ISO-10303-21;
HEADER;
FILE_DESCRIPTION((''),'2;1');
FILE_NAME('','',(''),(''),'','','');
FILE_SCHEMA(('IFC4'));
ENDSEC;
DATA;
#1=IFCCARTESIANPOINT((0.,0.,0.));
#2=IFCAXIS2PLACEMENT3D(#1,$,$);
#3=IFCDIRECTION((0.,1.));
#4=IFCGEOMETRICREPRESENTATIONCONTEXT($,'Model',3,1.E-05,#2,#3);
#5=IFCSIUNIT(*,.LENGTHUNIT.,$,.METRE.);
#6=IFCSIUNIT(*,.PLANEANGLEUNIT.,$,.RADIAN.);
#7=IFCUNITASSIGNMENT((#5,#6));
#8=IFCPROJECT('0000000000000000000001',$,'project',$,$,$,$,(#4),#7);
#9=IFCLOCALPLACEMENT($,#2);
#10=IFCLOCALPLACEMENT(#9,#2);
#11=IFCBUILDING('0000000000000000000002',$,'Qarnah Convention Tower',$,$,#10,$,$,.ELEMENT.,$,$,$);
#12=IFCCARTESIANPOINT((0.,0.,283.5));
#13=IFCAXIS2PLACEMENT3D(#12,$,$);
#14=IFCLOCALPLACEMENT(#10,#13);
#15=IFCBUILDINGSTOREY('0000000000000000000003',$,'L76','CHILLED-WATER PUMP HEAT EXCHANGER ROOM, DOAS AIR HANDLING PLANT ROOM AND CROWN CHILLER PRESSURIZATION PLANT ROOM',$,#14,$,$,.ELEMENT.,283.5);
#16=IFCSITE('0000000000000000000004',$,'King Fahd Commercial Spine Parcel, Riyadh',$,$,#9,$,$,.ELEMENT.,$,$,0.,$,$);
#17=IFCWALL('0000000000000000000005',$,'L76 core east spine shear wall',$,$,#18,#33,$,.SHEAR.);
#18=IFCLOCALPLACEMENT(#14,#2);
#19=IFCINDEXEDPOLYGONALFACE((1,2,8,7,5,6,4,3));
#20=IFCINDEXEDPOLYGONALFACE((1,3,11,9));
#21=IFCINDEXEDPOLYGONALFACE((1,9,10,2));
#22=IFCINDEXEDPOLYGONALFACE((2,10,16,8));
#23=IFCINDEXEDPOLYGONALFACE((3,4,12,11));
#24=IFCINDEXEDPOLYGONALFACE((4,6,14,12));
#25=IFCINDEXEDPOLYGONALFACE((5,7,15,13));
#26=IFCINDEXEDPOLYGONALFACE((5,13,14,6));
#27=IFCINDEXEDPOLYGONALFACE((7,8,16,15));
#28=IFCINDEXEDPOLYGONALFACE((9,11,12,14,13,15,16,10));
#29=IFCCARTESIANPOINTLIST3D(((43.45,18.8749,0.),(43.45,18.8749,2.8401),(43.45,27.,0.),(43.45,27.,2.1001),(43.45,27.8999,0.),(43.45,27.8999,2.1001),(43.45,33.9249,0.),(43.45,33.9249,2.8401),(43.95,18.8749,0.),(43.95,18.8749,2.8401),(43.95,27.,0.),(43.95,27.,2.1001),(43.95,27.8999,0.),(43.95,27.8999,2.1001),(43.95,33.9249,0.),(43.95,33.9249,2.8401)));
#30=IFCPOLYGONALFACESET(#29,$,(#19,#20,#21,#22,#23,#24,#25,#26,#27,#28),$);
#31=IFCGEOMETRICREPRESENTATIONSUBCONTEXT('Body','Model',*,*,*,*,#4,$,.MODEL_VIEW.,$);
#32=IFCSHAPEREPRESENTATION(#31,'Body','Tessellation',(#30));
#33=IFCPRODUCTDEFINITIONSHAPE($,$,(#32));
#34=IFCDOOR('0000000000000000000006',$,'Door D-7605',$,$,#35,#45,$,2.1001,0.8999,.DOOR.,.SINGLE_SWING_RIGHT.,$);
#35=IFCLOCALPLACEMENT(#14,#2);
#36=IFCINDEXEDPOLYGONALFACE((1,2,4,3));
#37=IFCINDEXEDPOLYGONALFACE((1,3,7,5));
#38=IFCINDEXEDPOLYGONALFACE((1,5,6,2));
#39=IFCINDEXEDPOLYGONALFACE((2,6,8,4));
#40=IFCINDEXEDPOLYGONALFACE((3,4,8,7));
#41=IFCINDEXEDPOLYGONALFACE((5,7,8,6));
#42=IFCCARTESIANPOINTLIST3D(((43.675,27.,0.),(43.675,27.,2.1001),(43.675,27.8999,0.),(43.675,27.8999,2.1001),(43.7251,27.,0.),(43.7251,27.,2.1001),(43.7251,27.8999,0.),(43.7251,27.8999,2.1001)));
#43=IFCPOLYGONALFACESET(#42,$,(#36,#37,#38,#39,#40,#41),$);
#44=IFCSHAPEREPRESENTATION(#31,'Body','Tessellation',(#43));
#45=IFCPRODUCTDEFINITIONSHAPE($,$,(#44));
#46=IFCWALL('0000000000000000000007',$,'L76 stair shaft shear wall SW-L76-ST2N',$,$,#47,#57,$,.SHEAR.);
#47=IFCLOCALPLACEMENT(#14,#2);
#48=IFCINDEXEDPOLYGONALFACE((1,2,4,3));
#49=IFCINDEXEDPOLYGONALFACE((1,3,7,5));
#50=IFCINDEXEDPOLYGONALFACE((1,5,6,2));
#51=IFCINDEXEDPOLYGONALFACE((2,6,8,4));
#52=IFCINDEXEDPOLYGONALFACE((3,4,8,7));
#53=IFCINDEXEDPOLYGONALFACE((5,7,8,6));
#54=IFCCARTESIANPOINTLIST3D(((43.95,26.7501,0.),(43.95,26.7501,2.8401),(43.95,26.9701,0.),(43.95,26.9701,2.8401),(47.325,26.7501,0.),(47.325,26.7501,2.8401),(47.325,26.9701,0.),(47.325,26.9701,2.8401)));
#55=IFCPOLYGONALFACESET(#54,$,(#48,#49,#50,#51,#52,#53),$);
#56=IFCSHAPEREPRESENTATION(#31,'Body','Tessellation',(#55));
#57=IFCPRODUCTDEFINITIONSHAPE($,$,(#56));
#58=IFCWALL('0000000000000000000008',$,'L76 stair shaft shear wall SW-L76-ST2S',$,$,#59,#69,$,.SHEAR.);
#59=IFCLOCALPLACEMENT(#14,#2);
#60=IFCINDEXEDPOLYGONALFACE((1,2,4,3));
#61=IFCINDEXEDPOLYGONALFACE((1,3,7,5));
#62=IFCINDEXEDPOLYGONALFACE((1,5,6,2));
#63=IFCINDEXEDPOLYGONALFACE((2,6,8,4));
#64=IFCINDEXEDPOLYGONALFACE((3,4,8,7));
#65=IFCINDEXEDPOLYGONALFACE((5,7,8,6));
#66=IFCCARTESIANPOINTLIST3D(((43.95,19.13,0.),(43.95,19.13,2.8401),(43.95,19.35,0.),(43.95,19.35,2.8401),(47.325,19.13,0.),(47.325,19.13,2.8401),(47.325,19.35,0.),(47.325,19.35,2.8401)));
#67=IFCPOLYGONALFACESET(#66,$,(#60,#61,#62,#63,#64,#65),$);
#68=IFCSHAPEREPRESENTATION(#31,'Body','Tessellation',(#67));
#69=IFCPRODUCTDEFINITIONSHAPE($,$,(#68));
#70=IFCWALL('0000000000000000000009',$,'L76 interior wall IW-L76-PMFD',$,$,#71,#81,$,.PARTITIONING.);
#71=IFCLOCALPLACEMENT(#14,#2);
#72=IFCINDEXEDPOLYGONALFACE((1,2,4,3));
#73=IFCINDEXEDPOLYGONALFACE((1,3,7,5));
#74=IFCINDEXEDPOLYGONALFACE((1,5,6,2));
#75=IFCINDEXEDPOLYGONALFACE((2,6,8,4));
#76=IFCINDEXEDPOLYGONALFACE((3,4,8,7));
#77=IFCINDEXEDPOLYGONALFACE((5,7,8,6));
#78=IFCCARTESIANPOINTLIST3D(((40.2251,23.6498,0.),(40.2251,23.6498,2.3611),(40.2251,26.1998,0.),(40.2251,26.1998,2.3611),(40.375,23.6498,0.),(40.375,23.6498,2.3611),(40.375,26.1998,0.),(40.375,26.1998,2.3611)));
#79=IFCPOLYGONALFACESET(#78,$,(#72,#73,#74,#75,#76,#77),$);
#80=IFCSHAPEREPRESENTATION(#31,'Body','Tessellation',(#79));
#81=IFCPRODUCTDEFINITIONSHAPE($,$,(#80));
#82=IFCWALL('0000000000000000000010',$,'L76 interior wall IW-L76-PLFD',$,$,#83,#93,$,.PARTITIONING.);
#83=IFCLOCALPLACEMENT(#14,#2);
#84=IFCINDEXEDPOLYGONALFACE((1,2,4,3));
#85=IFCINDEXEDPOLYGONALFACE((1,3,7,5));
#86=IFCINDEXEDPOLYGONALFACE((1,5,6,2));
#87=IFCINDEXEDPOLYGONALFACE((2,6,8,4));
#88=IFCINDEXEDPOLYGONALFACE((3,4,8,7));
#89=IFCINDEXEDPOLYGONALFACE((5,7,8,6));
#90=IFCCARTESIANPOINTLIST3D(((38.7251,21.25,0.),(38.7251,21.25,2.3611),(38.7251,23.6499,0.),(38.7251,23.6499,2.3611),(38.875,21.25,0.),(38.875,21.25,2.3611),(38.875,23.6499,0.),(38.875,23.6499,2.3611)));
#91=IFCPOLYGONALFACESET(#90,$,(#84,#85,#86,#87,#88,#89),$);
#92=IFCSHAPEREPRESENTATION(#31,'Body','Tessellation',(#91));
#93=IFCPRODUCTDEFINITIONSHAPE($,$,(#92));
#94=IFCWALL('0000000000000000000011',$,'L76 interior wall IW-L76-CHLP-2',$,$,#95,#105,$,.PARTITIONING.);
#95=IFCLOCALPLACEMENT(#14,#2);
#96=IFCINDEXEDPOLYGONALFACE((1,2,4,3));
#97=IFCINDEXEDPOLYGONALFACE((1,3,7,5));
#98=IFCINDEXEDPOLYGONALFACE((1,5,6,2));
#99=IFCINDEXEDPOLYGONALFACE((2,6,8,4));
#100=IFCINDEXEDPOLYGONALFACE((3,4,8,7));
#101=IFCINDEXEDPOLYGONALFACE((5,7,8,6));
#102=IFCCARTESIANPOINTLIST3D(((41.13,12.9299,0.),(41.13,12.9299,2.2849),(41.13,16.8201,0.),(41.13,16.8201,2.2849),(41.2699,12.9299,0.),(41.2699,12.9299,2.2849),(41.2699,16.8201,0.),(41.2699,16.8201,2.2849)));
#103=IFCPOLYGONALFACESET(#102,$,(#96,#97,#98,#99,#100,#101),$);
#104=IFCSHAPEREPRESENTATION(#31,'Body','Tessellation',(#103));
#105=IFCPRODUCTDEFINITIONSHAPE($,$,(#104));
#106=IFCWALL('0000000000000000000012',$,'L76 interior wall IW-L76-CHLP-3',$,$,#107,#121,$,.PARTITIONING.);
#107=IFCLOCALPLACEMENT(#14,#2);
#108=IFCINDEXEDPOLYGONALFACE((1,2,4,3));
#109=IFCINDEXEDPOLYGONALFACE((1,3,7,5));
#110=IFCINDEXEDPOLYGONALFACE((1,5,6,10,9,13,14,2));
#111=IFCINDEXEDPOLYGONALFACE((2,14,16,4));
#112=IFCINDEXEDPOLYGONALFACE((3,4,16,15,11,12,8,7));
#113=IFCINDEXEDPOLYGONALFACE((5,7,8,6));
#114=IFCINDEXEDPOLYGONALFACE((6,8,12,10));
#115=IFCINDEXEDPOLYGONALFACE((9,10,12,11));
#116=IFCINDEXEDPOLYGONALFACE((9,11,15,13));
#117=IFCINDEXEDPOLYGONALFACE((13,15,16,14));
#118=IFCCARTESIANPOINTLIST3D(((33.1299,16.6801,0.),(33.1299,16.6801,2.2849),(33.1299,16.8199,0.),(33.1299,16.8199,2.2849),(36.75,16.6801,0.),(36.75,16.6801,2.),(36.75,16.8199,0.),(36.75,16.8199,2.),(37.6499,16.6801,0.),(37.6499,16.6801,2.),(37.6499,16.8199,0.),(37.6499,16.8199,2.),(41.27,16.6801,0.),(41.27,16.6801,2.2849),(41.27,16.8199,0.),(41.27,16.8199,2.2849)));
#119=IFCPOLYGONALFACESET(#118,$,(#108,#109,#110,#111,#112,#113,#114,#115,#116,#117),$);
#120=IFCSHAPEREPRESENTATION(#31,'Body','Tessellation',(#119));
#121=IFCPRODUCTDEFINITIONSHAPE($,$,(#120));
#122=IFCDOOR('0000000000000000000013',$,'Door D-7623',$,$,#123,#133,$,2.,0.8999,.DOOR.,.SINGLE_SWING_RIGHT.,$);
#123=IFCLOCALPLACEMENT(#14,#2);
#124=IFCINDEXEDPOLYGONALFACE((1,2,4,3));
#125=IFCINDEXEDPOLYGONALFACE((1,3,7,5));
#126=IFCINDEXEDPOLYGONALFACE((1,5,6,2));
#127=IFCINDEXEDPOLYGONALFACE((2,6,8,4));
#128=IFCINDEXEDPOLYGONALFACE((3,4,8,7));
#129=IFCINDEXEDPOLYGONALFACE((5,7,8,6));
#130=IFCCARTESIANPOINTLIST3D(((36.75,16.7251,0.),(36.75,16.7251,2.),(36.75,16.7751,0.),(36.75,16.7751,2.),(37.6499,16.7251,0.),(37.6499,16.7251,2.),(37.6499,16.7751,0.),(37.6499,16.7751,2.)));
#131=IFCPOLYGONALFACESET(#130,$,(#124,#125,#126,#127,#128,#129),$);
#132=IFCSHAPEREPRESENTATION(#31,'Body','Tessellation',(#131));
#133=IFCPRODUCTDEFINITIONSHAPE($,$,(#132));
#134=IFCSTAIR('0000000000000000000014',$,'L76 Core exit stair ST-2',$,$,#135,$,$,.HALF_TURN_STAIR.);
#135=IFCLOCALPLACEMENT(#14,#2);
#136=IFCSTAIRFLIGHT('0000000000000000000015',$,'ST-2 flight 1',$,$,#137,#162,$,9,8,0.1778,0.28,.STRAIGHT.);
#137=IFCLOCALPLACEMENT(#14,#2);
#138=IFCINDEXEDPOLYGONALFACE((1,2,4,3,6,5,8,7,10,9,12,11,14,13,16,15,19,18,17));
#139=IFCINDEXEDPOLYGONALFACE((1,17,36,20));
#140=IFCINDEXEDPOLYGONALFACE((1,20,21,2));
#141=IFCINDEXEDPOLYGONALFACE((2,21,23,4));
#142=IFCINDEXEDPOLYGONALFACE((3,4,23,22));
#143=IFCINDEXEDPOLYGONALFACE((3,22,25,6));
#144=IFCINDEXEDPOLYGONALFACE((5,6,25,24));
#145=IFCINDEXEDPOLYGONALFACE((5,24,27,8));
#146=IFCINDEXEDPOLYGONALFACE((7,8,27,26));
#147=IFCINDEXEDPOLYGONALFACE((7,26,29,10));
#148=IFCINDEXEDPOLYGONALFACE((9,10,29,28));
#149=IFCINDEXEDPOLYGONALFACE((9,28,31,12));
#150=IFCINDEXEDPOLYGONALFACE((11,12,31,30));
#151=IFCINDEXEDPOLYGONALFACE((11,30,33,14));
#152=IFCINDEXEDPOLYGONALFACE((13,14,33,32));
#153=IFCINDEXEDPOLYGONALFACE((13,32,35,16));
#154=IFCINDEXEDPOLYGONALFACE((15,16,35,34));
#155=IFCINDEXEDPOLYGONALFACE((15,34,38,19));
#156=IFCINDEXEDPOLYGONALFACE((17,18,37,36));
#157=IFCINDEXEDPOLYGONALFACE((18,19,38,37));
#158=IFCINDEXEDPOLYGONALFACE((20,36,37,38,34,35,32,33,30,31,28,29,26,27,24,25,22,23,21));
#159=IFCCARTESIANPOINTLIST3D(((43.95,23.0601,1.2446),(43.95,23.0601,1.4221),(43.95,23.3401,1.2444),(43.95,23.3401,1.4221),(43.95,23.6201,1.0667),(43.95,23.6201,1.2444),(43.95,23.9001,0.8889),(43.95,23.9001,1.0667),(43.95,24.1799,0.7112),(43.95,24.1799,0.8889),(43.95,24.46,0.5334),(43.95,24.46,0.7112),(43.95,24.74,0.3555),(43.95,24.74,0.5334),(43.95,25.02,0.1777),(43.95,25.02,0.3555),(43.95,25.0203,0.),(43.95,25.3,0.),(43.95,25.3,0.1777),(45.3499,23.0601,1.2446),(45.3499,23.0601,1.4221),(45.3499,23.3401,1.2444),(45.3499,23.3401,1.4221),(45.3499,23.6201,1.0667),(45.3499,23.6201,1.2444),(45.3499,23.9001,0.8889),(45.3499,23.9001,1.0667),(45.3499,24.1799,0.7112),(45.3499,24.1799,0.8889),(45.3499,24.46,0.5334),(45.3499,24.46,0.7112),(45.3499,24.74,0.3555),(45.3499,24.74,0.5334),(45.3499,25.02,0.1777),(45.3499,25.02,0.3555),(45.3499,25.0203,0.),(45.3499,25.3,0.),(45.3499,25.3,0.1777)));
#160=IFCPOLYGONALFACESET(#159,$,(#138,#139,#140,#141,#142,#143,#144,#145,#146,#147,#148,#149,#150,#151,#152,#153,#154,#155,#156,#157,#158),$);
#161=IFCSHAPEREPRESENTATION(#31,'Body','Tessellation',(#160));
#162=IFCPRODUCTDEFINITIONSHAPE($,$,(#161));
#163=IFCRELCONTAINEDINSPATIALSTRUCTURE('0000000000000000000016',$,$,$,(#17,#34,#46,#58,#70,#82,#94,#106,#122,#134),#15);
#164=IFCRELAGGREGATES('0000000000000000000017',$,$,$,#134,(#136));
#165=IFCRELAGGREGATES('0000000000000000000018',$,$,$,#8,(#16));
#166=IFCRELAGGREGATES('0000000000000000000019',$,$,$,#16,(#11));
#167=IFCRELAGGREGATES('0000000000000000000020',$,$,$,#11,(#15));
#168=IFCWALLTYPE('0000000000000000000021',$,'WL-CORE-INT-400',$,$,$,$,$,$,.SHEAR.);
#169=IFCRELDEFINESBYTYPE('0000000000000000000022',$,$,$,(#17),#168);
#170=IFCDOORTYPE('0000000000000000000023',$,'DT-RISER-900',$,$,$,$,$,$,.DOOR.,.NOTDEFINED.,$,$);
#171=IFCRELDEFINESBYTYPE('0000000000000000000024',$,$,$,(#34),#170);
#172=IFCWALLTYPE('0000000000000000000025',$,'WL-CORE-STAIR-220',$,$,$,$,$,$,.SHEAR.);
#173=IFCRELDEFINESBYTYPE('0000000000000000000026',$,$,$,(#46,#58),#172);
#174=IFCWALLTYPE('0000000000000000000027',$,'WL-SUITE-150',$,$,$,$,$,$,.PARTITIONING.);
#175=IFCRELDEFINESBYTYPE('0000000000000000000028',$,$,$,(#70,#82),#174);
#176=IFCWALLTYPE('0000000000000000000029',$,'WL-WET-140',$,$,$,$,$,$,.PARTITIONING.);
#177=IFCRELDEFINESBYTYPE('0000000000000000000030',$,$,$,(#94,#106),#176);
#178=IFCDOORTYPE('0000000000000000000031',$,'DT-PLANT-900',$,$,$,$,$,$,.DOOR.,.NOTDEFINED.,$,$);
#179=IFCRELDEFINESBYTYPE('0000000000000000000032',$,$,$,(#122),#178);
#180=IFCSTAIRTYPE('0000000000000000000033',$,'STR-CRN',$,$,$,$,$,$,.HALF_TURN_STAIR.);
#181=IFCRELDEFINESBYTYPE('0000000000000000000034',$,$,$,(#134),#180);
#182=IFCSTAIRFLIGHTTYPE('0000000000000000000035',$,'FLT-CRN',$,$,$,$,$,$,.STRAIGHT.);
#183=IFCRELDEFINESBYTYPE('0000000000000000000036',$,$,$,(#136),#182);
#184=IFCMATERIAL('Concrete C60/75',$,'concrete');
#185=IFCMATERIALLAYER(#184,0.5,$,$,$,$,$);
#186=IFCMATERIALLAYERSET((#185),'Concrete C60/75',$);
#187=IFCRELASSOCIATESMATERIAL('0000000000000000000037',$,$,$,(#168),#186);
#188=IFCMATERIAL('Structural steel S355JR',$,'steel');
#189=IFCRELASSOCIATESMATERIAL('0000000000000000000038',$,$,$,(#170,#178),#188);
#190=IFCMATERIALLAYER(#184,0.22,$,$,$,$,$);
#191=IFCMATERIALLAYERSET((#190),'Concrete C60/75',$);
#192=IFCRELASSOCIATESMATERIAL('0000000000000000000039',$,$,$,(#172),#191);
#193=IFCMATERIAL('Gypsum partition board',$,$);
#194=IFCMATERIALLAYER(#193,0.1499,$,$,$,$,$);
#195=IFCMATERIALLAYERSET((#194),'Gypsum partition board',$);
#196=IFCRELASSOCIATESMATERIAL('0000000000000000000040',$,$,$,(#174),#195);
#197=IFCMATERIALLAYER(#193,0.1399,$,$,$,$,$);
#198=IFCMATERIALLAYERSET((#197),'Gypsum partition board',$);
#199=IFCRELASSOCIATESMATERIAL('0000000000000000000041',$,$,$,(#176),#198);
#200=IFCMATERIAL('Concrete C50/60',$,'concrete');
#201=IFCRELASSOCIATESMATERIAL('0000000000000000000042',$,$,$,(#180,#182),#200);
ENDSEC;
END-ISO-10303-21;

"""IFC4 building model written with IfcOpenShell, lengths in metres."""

from ifc_helpers import new_model, si_unit, direction, frame, frame_2d, origin, place, context, subcontext, project, spatial, polyline, rectangle, outline, extrude, material, layer, layer_set, type_object, element, fill, aggregate, save


model = new_model("IFC4")

# Units and contexts
model_context = context("Model", 3, precision=1e-05, world=origin(), true_north=direction((0.0, 1.0)))
body_context = subcontext(model_context, "Body", "Model", "MODEL_VIEW")
ifc_project = project(units=[si_unit("LENGTHUNIT", "METRE"), si_unit("PLANEANGLEUNIT", "RADIAN")], contexts=[model_context])

# Site, building, storey
site_placement = place(None, origin())
site = spatial("IfcSite", under=ifc_project, at=site_placement, Name="King Fahd Commercial Spine Parcel, Riyadh", CompositionType="ELEMENT", RefElevation=0.0)
building_placement = place(site_placement, origin())
building = spatial("IfcBuilding", under=site, at=building_placement, Name="Qarnah Convention Tower", CompositionType="ELEMENT")
storey_placement = place(building_placement, frame((0.0, 0.0, 283.5)))
storey = spatial("IfcBuildingStorey", under=building, at=storey_placement, Name="L76", Description="CHILLED-WATER PUMP HEAT EXCHANGER ROOM, DOAS AIR HANDLING PLANT ROOM AND CROWN CHILLER PRESSURIZATION PLANT ROOM", CompositionType="ELEMENT", Elevation=283.5)

# Shared definitions
ifc_material_1 = material(Name="Structural steel S355JR", Category="steel")

# Wall, opening, door
ifc_material_2 = material(Name="Concrete C60/75", Category="concrete")
ifc_layer_1 = layer(ifc_material_2, 0.5)
ifc_layer_set_1 = layer_set([ifc_layer_1], Name="Concrete C60/75")
wall_type_1 = type_object("IfcWallType", Name="WL-CORE-INT-400", PredefinedType="SHEAR", material=ifc_layer_set_1)
wall_1_placement = place(storey_placement, frame((43.7, 18.875, 0.0), z_axis=(0.0, 0.0, 1.0), x_axis=(0.0, 1.0, 0.0)))
wall_1 = element("IfcWall", 1, at=wall_1_placement, inside=storey, type_object=wall_type_1, Name="L76 core east spine shear wall", PredefinedType="SHEAR", context=body_context, shape_type="SweptSolid", body=[
    extrude(rectangle(XDim=15.05, YDim=0.5, at=frame_2d((7.5249, 0.0))), origin(), (0.0, 0.0, 1.0), 2.8401),
])
opening_1_placement = place(wall_1_placement, frame((8.125, 0.0, 0.0)))
opening_1 = element("IfcOpeningElement", 2, at=opening_1_placement, cuts=wall_1, PredefinedType="OPENING", context=body_context, shape_type="SweptSolid", body=[
    extrude(rectangle(XDim=0.8999, YDim=2.1001, at=frame_2d((0.45, 1.05))), frame((0.0, 0.26, 0.0), z_axis=(0.0, -1.0, 0.0), x_axis=(1.0, 0.0, 0.0)), (0.0, 0.0, 1.0), 0.52),
])
door_type_1 = type_object("IfcDoorType", Name="DT-RISER-900", OperationType="NOTDEFINED", PredefinedType="DOOR", material=ifc_material_1)
door_1_placement = place(opening_1_placement, origin())
door_1 = element("IfcDoor", 3, at=door_1_placement, inside=storey, type_object=door_type_1, Name="Door D-7605", OperationType="SINGLE_SWING_RIGHT", OverallHeight=2.1001, OverallWidth=0.8999, PredefinedType="DOOR", context=body_context, shape_type="SweptSolid", body=[
    extrude(rectangle(XDim=0.8999, YDim=2.1001, at=frame_2d((0.45, 1.05))), frame((0.0, 0.0249, 0.0), z_axis=(0.0, -1.0, 0.0), x_axis=(1.0, 0.0, 0.0)), (0.0, 0.0, 1.0), 0.05),
])
fill(opening_1, door_1)

# Walls
ifc_layer_2 = layer(ifc_material_2, 0.22)
ifc_layer_set_2 = layer_set([ifc_layer_2], Name="Concrete C60/75")
wall_type_2 = type_object("IfcWallType", Name="WL-CORE-STAIR-220", PredefinedType="SHEAR", material=ifc_layer_set_2)
for number, where, z_axis, x_axis, name in (
    (4, (43.95, 26.8601, 0.0), (0.0, 0.0, 1.0), (1.0, 0.0, 0.0), "L76 stair shaft shear wall SW-L76-ST2N"),
    (5, (43.95, 19.24, 0.0), (0.0, 0.0, 1.0), (1.0, 0.0, 0.0), "L76 stair shaft shear wall SW-L76-ST2S"),
):
    element("IfcWall", number, at=place(storey_placement, frame(where, z_axis=z_axis, x_axis=x_axis)), inside=storey, type_object=wall_type_2, Name=name, PredefinedType="SHEAR", context=body_context, shape_type="SweptSolid", body=[
        extrude(rectangle(XDim=3.375, YDim=0.22, at=frame_2d((1.6875, 0.0))), origin(), (0.0, 0.0, 1.0), 2.8401),
    ])
ifc_material_3 = material(Name="Gypsum partition board")
ifc_layer_3 = layer(ifc_material_3, 0.1499)
ifc_layer_set_3 = layer_set([ifc_layer_3], Name="Gypsum partition board")
wall_type_3 = type_object("IfcWallType", Name="WL-SUITE-150", PredefinedType="PARTITIONING", material=ifc_layer_set_3)
wall_2_placement = place(storey_placement, frame((40.3, 23.6499, 0.0), z_axis=(0.0, 0.0, 1.0), x_axis=(0.0, 1.0, 0.0)))
element("IfcWall", 6, at=wall_2_placement, inside=storey, type_object=wall_type_3, Name="L76 interior wall IW-L76-PMFD", PredefinedType="PARTITIONING", context=body_context, shape_type="SweptSolid", body=[
    extrude(rectangle(XDim=2.55, YDim=0.1499, at=frame_2d((1.2749, 0.0))), origin(), (0.0, 0.0, 1.0), 2.3611),
])
wall_3_placement = place(storey_placement, frame((38.8, 21.25, 0.0), z_axis=(0.0, 0.0, 1.0), x_axis=(0.0, 1.0, 0.0)))
element("IfcWall", 7, at=wall_3_placement, inside=storey, type_object=wall_type_3, Name="L76 interior wall IW-L76-PLFD", PredefinedType="PARTITIONING", context=body_context, shape_type="SweptSolid", body=[
    extrude(rectangle(XDim=2.3999, YDim=0.1499, at=frame_2d((1.2, 0.0))), origin(), (0.0, 0.0, 1.0), 2.3611),
])
ifc_layer_4 = layer(ifc_material_3, 0.1399)
ifc_layer_set_4 = layer_set([ifc_layer_4], Name="Gypsum partition board")
wall_type_4 = type_object("IfcWallType", Name="WL-WET-140", PredefinedType="PARTITIONING", material=ifc_layer_set_4)
wall_4_placement = place(storey_placement, frame((41.2, 12.9299, 0.0), z_axis=(0.0, 0.0, 1.0), x_axis=(0.0, 1.0, 0.0)))
element("IfcWall", 8, at=wall_4_placement, inside=storey, type_object=wall_type_4, Name="L76 interior wall IW-L76-CHLP-2", PredefinedType="PARTITIONING", context=body_context, shape_type="SweptSolid", body=[
    extrude(rectangle(XDim=3.8901, YDim=0.1399, at=frame_2d((1.9451, 0.0))), origin(), (0.0, 0.0, 1.0), 2.2849),
])

# Wall, opening, door
wall_5_placement = place(storey_placement, frame((41.27, 16.75, 0.0), z_axis=(0.0, 0.0, 1.0), x_axis=(-1.0, 0.0, 0.0)))
wall_5 = element("IfcWall", 9, at=wall_5_placement, inside=storey, type_object=wall_type_4, Name="L76 interior wall IW-L76-CHLP-3", PredefinedType="PARTITIONING", context=body_context, shape_type="SweptSolid", body=[
    extrude(rectangle(XDim=8.1401, YDim=0.1399, at=frame_2d((4.0701, 0.0))), origin(), (0.0, 0.0, 1.0), 2.2849),
])
opening_2_placement = place(wall_5_placement, frame((3.6201, 0.0, 0.0)))
opening_2 = element("IfcOpeningElement", 10, at=opening_2_placement, cuts=wall_5, PredefinedType="OPENING", context=body_context, shape_type="SweptSolid", body=[
    extrude(rectangle(XDim=0.8999, YDim=2.0, at=frame_2d((0.45, 1.0))), frame((0.0, 0.0798, 0.0), z_axis=(0.0, -1.0, 0.0), x_axis=(1.0, 0.0, 0.0)), (0.0, 0.0, 1.0), 0.1599),
])
door_type_2 = type_object("IfcDoorType", Name="DT-PLANT-900", OperationType="NOTDEFINED", PredefinedType="DOOR", material=ifc_material_1)
door_2_placement = place(opening_2_placement, origin())
door_2 = element("IfcDoor", 11, at=door_2_placement, inside=storey, type_object=door_type_2, Name="Door D-7623", OperationType="SINGLE_SWING_RIGHT", OverallHeight=2.0, OverallWidth=0.8999, PredefinedType="DOOR", context=body_context, shape_type="SweptSolid", body=[
    extrude(rectangle(XDim=0.8999, YDim=2.0, at=frame_2d((0.45, 1.0))), frame((0.0, 0.0249, 0.0), z_axis=(0.0, -1.0, 0.0), x_axis=(1.0, 0.0, 0.0)), (0.0, 0.0, 1.0), 0.05),
])
fill(opening_2, door_2)

# Stair, stair flight
ifc_material_4 = material(Name="Concrete C50/60", Category="concrete")
stair_type = type_object("IfcStairType", Name="STR-CRN", PredefinedType="HALF_TURN_STAIR", material=ifc_material_4)
stair_placement = place(storey_placement, origin())
stair = element("IfcStair", 12, at=stair_placement, inside=storey, type_object=stair_type, Name="L76 Core exit stair ST-2", PredefinedType="HALF_TURN_STAIR")
stair_flight_type = type_object("IfcStairFlightType", Name="FLT-CRN", PredefinedType="STRAIGHT", material=ifc_material_4)
stair_flight_placement = place(storey_placement, frame((44.6499, 25.3, 0.0), z_axis=(0.0, 0.0, 1.0), x_axis=(0.0, -1.0, 0.0)))
stair_flight = element("IfcStairFlight", 13, at=stair_flight_placement, type_object=stair_flight_type, Name="ST-2 flight 1", NumberOfRisers=9, NumberOfTreads=8, PredefinedType="STRAIGHT", RiserHeight=0.1778, TreadLength=0.28, context=body_context, shape_type="SweptSolid", body=[
    extrude(outline(polyline([(0.0, 0.0), (0.0, 0.1777), (0.28, 0.1777), (0.28, 0.3555), (0.5601, 0.3555), (0.5601, 0.5334), (0.8401, 0.5334), (0.8401, 0.7112), (1.1201, 0.7112), (1.1201, 0.8889), (1.3999, 0.8889), (1.3999, 1.0667), (1.6799, 1.0667), (1.6799, 1.2444), (1.96, 1.2444), (1.96, 1.4221), (2.24, 1.4221), (2.24, 1.6001), (2.24, 1.2446), (0.2798, 0.0), (0.0, 0.0)])), frame((0.0, 0.7, 0.0), z_axis=(0.0, -1.0, 0.0), x_axis=(1.0, 0.0, 0.0)), (0.0, 0.0, 1.0), 1.3999),
])
aggregate(stair, [stair_flight])

save(model, "model.ifc")
